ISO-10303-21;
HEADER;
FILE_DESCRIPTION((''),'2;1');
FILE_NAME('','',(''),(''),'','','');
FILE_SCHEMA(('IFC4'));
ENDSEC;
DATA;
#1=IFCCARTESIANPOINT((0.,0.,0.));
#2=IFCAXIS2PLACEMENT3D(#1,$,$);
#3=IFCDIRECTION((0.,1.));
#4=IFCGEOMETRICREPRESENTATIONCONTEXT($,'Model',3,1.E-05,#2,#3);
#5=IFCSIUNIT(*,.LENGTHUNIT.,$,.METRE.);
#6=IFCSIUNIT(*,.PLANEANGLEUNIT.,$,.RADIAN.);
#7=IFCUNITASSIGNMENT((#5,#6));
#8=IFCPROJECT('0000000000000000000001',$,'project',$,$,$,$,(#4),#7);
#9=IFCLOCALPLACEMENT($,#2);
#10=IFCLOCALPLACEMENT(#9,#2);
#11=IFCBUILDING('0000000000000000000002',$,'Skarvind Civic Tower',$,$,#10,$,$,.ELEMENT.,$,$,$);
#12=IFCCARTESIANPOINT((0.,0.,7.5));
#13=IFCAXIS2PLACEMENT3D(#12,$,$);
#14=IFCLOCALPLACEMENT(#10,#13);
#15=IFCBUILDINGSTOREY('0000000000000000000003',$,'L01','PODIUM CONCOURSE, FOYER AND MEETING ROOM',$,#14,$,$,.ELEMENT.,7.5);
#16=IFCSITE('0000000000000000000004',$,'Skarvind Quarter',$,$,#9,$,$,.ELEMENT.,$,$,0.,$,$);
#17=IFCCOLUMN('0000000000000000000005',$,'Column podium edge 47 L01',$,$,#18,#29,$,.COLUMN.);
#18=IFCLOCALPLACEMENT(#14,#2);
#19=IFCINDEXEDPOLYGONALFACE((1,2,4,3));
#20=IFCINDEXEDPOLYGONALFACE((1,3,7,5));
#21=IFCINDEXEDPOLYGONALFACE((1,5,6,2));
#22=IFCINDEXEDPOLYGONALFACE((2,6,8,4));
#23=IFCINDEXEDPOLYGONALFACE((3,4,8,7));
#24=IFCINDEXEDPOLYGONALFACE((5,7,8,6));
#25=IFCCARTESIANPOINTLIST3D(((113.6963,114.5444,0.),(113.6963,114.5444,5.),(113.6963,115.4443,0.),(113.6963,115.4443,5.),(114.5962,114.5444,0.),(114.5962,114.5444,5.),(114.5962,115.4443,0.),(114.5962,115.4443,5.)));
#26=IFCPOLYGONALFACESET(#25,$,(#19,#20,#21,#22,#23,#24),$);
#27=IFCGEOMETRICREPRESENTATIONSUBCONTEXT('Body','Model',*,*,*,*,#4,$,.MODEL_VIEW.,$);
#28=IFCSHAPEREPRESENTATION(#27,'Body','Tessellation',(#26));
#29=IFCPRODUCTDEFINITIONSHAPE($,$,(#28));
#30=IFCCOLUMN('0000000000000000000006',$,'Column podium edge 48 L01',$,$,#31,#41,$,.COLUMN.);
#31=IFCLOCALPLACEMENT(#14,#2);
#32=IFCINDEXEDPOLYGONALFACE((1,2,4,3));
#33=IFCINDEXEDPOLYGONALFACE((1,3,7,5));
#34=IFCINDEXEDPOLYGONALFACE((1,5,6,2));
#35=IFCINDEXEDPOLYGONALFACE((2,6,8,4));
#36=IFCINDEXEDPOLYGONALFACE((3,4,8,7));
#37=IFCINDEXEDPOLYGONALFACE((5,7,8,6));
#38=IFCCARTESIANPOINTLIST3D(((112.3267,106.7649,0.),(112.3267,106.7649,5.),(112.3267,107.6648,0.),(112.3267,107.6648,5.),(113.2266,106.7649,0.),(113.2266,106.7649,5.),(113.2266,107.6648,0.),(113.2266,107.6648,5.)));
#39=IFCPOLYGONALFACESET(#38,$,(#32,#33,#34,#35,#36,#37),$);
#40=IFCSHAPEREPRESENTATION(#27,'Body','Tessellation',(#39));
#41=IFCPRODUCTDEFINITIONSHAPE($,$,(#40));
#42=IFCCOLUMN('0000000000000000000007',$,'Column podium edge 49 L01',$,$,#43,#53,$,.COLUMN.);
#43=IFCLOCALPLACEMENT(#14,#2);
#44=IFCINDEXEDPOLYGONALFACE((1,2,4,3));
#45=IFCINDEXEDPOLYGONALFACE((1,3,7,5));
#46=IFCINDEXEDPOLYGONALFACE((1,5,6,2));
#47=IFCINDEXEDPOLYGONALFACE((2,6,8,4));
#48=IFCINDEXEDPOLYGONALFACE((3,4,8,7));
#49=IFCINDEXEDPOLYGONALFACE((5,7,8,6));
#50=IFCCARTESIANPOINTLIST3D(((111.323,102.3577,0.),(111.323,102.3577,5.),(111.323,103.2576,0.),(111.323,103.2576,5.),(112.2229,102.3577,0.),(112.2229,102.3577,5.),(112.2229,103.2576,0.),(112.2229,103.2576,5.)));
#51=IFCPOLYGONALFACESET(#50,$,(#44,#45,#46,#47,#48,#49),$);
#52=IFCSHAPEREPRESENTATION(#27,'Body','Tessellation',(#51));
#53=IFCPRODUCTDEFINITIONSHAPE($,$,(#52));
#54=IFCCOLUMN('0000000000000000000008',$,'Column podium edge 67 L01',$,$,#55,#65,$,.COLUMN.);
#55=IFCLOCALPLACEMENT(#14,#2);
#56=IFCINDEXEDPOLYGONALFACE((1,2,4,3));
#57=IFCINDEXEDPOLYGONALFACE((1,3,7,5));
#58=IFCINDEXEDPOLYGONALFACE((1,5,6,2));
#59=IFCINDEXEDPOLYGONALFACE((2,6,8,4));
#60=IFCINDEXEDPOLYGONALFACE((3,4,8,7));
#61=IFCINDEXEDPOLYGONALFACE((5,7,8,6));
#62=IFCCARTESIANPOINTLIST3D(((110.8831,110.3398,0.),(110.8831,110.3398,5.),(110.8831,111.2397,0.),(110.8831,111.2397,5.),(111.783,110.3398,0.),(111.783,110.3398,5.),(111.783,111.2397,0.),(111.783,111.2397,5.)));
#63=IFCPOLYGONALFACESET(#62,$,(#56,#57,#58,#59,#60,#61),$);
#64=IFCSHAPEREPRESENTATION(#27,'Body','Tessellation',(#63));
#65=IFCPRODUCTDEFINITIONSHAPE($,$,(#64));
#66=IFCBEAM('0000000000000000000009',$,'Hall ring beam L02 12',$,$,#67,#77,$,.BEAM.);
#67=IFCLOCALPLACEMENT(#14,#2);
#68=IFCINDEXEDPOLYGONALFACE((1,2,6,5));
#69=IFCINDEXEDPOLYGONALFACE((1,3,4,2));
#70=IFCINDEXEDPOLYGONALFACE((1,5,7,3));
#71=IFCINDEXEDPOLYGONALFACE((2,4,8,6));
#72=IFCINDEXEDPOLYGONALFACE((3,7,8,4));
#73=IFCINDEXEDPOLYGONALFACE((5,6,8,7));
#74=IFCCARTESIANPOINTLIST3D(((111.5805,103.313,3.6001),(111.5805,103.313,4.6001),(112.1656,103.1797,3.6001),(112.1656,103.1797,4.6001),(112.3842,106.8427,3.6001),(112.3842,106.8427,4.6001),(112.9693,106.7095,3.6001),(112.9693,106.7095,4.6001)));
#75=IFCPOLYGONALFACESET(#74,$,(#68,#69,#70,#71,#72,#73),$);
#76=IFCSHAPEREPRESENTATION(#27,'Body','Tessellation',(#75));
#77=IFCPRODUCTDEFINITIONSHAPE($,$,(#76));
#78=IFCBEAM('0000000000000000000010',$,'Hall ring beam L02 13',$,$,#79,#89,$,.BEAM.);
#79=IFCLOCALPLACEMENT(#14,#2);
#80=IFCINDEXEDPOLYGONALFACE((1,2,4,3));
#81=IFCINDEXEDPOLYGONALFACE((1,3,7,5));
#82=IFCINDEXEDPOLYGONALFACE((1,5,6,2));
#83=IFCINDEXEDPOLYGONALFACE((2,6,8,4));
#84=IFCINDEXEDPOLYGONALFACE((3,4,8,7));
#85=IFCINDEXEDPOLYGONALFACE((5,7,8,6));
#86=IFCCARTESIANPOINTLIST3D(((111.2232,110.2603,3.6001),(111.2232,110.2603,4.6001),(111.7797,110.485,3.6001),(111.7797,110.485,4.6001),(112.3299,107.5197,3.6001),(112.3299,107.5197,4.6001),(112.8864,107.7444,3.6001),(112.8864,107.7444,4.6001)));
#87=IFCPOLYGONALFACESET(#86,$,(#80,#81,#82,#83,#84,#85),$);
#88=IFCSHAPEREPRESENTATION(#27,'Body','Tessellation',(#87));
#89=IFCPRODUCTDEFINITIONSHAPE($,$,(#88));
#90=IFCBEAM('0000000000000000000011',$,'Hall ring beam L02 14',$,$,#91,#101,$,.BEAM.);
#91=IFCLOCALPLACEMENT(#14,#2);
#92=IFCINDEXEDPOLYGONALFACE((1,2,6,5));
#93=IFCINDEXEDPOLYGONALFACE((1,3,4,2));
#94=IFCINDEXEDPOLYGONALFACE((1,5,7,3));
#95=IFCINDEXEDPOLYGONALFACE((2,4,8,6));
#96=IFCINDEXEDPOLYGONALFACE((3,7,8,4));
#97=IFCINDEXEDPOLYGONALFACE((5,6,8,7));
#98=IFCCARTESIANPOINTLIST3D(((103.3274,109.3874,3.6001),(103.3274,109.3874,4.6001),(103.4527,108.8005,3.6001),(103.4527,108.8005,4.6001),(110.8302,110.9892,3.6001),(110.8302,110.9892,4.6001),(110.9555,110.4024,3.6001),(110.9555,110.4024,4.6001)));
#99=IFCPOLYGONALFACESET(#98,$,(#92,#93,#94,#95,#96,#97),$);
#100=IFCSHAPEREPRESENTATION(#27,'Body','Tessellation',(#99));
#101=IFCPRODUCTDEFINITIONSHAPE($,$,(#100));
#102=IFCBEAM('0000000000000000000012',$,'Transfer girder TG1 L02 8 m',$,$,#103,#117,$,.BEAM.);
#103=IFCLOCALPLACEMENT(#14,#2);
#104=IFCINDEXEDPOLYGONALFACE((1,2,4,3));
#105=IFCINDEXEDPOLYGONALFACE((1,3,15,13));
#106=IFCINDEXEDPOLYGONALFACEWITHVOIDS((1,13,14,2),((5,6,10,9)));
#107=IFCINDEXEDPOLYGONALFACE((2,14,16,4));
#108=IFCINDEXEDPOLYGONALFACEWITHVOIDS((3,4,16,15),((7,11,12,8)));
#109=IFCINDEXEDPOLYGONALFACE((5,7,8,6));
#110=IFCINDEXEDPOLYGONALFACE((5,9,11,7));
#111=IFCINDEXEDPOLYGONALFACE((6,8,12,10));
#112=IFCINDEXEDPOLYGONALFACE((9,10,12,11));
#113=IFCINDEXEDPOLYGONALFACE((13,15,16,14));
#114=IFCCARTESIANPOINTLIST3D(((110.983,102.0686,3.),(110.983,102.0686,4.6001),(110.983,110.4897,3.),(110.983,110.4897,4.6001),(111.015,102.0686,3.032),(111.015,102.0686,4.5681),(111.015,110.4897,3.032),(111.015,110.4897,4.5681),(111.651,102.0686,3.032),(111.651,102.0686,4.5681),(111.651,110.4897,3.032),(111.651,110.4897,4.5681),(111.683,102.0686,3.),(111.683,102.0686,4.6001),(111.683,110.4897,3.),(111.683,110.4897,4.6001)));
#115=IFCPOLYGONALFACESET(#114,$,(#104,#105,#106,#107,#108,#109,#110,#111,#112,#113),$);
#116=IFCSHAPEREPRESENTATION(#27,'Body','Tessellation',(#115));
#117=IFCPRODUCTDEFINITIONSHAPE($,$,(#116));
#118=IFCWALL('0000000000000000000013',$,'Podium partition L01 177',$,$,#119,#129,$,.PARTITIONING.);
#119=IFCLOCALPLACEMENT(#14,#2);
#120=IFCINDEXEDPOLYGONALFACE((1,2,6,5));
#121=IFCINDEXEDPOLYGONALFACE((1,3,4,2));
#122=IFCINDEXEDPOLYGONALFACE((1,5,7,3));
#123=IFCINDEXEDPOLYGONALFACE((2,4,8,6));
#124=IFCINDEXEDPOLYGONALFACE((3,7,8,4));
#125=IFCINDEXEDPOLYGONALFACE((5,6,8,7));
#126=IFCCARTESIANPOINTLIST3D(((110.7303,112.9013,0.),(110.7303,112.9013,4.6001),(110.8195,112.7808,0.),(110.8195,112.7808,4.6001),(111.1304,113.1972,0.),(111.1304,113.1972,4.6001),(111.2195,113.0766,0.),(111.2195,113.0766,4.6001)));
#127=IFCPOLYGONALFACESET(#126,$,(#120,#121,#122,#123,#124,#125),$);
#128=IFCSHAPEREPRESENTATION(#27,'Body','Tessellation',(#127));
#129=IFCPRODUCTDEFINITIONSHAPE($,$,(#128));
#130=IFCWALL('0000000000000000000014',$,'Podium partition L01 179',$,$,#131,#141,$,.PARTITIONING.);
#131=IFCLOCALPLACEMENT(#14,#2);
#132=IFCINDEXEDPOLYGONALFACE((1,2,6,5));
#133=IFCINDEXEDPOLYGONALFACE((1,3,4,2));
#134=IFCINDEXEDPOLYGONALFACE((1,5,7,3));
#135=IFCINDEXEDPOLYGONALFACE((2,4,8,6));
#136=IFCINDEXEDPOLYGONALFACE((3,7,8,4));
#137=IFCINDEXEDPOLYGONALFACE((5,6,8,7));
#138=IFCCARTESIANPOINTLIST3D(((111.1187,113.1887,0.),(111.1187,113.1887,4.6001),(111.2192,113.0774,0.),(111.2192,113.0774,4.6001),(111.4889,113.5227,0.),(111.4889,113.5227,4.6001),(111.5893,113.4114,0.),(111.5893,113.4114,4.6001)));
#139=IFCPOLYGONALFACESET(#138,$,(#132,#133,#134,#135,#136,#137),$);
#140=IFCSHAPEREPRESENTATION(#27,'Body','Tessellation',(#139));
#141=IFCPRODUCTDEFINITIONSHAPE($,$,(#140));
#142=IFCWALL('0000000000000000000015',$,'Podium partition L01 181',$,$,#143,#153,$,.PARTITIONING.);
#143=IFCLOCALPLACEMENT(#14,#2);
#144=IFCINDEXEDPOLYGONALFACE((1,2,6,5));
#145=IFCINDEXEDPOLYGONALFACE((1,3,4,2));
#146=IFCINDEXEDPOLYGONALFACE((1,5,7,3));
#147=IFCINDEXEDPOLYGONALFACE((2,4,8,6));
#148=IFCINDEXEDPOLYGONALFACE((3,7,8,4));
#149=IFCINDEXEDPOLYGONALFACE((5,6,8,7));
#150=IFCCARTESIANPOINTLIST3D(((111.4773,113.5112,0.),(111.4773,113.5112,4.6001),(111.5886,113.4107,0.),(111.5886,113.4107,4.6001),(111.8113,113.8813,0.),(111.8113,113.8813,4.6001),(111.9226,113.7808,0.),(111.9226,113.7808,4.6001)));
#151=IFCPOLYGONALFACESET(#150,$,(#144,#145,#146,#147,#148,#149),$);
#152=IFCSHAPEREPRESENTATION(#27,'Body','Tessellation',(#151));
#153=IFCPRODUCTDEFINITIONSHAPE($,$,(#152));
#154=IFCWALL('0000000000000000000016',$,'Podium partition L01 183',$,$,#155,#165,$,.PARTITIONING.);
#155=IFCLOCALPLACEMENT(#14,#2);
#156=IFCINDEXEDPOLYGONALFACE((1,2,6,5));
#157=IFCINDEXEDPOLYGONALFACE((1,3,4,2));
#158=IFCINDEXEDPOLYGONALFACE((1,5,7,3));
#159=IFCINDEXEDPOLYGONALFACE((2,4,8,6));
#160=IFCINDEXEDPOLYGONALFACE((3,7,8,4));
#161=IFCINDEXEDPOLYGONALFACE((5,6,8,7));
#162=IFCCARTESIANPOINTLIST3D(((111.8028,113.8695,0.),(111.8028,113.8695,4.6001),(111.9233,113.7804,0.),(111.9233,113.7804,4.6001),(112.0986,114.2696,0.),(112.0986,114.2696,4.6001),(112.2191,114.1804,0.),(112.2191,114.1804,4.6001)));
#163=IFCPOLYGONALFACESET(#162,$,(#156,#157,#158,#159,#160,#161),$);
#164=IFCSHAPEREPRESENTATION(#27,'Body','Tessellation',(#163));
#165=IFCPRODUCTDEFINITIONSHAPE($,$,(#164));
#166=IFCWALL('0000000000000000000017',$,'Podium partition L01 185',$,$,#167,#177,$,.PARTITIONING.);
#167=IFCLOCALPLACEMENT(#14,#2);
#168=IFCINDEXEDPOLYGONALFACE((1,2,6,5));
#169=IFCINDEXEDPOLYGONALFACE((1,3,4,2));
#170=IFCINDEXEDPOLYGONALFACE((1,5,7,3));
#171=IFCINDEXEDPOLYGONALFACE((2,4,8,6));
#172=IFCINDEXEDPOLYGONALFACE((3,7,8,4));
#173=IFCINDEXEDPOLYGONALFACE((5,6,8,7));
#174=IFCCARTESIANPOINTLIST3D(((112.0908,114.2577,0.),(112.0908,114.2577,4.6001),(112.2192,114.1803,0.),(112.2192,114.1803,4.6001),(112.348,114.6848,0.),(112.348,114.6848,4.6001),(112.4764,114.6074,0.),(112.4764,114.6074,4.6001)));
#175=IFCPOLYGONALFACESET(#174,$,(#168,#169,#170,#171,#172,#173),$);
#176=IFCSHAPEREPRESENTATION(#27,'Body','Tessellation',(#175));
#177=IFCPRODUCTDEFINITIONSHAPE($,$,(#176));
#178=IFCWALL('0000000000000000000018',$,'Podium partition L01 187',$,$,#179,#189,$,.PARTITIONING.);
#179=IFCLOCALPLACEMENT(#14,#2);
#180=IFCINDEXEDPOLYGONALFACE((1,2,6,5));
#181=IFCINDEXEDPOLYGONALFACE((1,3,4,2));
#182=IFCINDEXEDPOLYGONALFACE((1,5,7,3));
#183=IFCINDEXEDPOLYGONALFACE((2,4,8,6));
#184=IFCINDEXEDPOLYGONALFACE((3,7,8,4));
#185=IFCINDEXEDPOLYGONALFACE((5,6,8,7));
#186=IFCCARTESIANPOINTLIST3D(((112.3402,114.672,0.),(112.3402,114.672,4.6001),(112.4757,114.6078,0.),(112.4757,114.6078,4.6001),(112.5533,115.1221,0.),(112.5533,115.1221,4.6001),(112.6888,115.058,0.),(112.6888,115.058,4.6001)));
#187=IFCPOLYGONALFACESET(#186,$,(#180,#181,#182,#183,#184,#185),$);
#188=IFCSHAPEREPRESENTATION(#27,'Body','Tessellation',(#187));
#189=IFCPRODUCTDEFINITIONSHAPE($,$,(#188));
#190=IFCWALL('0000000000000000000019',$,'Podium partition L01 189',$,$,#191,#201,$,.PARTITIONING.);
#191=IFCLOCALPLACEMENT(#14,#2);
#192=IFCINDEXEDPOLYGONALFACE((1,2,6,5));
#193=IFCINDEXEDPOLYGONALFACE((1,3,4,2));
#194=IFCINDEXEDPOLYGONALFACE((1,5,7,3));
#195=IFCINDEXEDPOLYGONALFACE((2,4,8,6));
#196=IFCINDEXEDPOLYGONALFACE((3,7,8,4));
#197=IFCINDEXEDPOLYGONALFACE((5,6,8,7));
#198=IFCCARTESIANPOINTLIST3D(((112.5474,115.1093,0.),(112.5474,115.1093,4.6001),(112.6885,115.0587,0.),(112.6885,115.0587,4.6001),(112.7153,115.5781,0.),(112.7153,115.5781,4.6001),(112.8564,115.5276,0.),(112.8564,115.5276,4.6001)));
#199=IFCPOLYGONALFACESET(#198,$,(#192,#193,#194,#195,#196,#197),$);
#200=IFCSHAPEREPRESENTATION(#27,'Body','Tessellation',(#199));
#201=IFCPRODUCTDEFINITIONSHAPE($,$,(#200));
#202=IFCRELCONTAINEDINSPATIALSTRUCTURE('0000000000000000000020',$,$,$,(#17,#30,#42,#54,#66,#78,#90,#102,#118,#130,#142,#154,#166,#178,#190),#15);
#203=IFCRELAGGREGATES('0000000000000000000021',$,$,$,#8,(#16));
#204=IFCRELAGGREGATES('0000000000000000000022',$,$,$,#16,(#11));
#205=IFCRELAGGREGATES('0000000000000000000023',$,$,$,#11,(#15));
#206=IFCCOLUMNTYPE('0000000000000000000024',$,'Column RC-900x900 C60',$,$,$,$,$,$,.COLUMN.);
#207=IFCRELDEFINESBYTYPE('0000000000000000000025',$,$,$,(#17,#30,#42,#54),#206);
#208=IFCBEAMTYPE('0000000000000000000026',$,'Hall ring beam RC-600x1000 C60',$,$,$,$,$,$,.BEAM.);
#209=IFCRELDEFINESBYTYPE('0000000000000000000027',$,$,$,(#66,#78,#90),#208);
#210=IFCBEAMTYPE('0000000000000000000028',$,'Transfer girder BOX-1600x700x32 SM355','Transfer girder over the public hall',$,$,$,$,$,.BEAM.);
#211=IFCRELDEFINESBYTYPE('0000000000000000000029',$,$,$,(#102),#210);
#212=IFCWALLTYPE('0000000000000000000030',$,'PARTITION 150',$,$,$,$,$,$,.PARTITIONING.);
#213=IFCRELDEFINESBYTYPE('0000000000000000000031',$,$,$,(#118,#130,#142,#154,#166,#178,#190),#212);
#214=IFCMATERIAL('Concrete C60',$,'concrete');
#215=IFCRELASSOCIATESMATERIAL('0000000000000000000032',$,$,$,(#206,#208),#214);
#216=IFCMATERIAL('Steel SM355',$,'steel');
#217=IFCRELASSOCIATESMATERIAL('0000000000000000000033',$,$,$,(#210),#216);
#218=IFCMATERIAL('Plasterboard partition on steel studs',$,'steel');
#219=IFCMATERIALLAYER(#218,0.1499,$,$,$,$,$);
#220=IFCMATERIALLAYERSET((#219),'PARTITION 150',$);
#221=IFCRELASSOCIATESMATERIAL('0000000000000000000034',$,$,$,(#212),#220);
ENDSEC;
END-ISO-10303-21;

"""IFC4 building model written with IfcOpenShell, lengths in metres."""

from ifc_helpers import new_model, si_unit, direction, frame, frame_2d, origin, origin_2d, place, context, subcontext, project, spatial, rectangle, hollow_rectangle, extrude, material, layer, layer_set, material_profile, profile_set, type_object, element, save


model = new_model("IFC4")

# Units and contexts
model_context = context("Model", 3, precision=1e-05, world=origin(), true_north=direction((0.0, 1.0)))
body_context = subcontext(model_context, "Body", "Model", "MODEL_VIEW")
ifc_project = project(units=[si_unit("LENGTHUNIT", "METRE"), si_unit("PLANEANGLEUNIT", "RADIAN")], contexts=[model_context])

# Site, building, storey
site_placement = place(None, origin())
site = spatial("IfcSite", under=ifc_project, at=site_placement, Name="Skarvind Quarter", CompositionType="ELEMENT", RefElevation=0.0)
building_placement = place(site_placement, origin())
building = spatial("IfcBuilding", under=site, at=building_placement, Name="Skarvind Civic Tower", CompositionType="ELEMENT")
storey_placement = place(building_placement, frame((0.0, 0.0, 7.5)))
storey = spatial("IfcBuildingStorey", under=building, at=storey_placement, Name="L01", Description="PODIUM CONCOURSE, FOYER AND MEETING ROOM", CompositionType="ELEMENT", Elevation=7.5)

# Columns
ifc_material_1 = material(Name="Concrete C60", Category="concrete")
ifc_material_profile_1 = material_profile(ifc_material_1, rectangle(XDim=0.8999, YDim=0.8999, at=origin_2d()), Name="RC-900x900")
ifc_profile_set_1 = profile_set([ifc_material_profile_1], Name="Concrete C60")
column_type = type_object("IfcColumnType", Name="Column RC-900x900 C60", PredefinedType="COLUMN", material=ifc_profile_set_1)
for number, where, z_axis, x_axis, name in (
    (1, (114.1462, 114.9944, 0.0), (0.0, 0.0, 1.0), (1.0, 0.0, 0.0), "Column podium edge 47 L01"),
    (2, (112.7766, 107.2148, 0.0), (0.0, 0.0, 1.0), (1.0, 0.0, 0.0), "Column podium edge 48 L01"),
    (3, (111.7729, 102.8076, 0.0), (0.0, 0.0, 1.0), (1.0, 0.0, 0.0), "Column podium edge 49 L01"),
    (4, (111.333, 110.7898, 0.0), (0.0, 0.0, 1.0), (1.0, 0.0, 0.0), "Column podium edge 67 L01"),
):
    element("IfcColumn", number, at=place(storey_placement, frame(where, z_axis=z_axis, x_axis=x_axis)), inside=storey, type_object=column_type, Name=name, PredefinedType="COLUMN", context=body_context, shape_type="SweptSolid", body=[
        extrude(rectangle(XDim=0.8999, YDim=0.8999, at=origin_2d()), origin(), (0.0, 0.0, 1.0), 5.0),
    ])

# Beams
ifc_material_profile_2 = material_profile(ifc_material_1, rectangle(XDim=0.6001, YDim=1.0, at=origin_2d()), Name="RC-600x1000")
ifc_profile_set_2 = profile_set([ifc_material_profile_2], Name="Concrete C60")
beam_type_1 = type_object("IfcBeamType", Name="Hall ring beam RC-600x1000 C60", PredefinedType="BEAM", material=ifc_profile_set_2)
beam_1_placement = place(storey_placement, frame((111.873, 103.2463, 4.1001), z_axis=(0.222012, 0.975044, 0.0), x_axis=(-0.975044, 0.222012, 0.0)))
element("IfcBeam", 5, at=beam_1_placement, inside=storey, type_object=beam_type_1, Name="Hall ring beam L02 12", PredefinedType="BEAM", context=body_context, shape_type="SweptSolid", body=[
    extrude(rectangle(XDim=0.6001, YDim=1.0, at=origin_2d()), origin(), (0.0, 0.0, 1.0), 3.6201),
])
beam_2_placement = place(storey_placement, frame((112.6082, 107.6321, 4.1001), z_axis=(-0.374451, 0.927247, 0.0), x_axis=(-0.927247, -0.374451, 0.0)))
element("IfcBeam", 6, at=beam_2_placement, inside=storey, type_object=beam_type_1, Name="Hall ring beam L02 13", PredefinedType="BEAM", context=body_context, shape_type="SweptSolid", body=[
    extrude(rectangle(XDim=0.6001, YDim=1.0, at=origin_2d()), origin(), (0.0, 0.0, 1.0), 2.9556),
])
beam_3_placement = place(storey_placement, frame((110.8928, 110.6958, 4.1001), z_axis=(-0.97796, -0.208792, 0.0), x_axis=(0.208792, -0.97796, 0.0)))
element("IfcBeam", 7, at=beam_3_placement, inside=storey, type_object=beam_type_1, Name="Hall ring beam L02 14", PredefinedType="BEAM", context=body_context, shape_type="SweptSolid", body=[
    extrude(rectangle(XDim=0.6001, YDim=1.0, at=origin_2d()), origin(), (0.0, 0.0, 1.0), 7.6719),
])
ifc_material_2 = material(Name="Steel SM355", Category="steel")
ifc_material_profile_3 = material_profile(ifc_material_2, hollow_rectangle(XDim=0.7, YDim=1.6001, WallThickness=0.032, at=origin_2d()), Name="BOX-1600x700x32")
ifc_profile_set_3 = profile_set([ifc_material_profile_3], Name="Steel SM355")
beam_type_2 = type_object("IfcBeamType", Name="Transfer girder BOX-1600x700x32 SM355", Description="Transfer girder over the public hall", PredefinedType="BEAM", material=ifc_profile_set_3)
beam_4_placement = place(storey_placement, frame((111.333, 102.0686, 3.8), z_axis=(0.0, 1.0, 0.0), x_axis=(-1.0, 0.0, 0.0)))
element("IfcBeam", 8, at=beam_4_placement, inside=storey, type_object=beam_type_2, Name="Transfer girder TG1 L02 8 m", PredefinedType="BEAM", context=body_context, shape_type="SweptSolid", body=[
    extrude(hollow_rectangle(XDim=0.7, YDim=1.6001, WallThickness=0.032, at=origin_2d()), origin(), (0.0, 0.0, 1.0), 8.4211),
])

# Walls
ifc_material_3 = material(Name="Plasterboard partition on steel studs", Category="steel")
ifc_layer_1 = layer(ifc_material_3, 0.1499)
ifc_layer_set_1 = layer_set([ifc_layer_1], Name="PARTITION 150")
wall_type_1 = type_object("IfcWallType", Name="PARTITION 150", PredefinedType="PARTITIONING", material=ifc_layer_set_1)
wall_1_placement = place(storey_placement, frame((110.7749, 112.8411, 0.0), z_axis=(0.0, 0.0, 1.0), x_axis=(0.804044, 0.59457, 0.0)))
element("IfcWall", 9, at=wall_1_placement, inside=storey, type_object=wall_type_1, Name="Podium partition L01 177", PredefinedType="PARTITIONING", context=body_context, shape_type="SweptSolid", body=[
    extrude(rectangle(XDim=0.4976, YDim=0.1499, at=frame_2d((0.2488, 0.0))), origin(), (0.0, 0.0, 1.0), 4.6001),
])
for number, where, z_axis, x_axis, name in (
    (10, (111.1689, 113.1331, 0.0), (0.0, 0.0, 1.0), (0.742417, 0.669938, 0.0), "Podium partition L01 179"),
    (11, (111.533, 113.4609, 0.0), (0.0, 0.0, 1.0), (0.669938, 0.742417, 0.0), "Podium partition L01 181"),
):
    element("IfcWall", number, at=place(storey_placement, frame(where, z_axis=z_axis, x_axis=x_axis)), inside=storey, type_object=wall_type_1, Name=name, PredefinedType="PARTITIONING", context=body_context, shape_type="SweptSolid", body=[
        extrude(rectangle(XDim=0.4985, YDim=0.1499, at=frame_2d((0.2493, 0.0))), origin(), (0.0, 0.0, 1.0), 4.6001),
    ])
wall_2_placement = place(storey_placement, frame((111.863, 113.825, 0.0), z_axis=(0.0, 0.0, 1.0), x_axis=(0.59457, 0.804044, 0.0)))
element("IfcWall", 12, at=wall_2_placement, inside=storey, type_object=wall_type_1, Name="Podium partition L01 183", PredefinedType="PARTITIONING", context=body_context, shape_type="SweptSolid", body=[
    extrude(rectangle(XDim=0.4976, YDim=0.1499, at=frame_2d((0.2488, 0.0))), origin(), (0.0, 0.0, 1.0), 4.6001),
])
wall_3_placement = place(storey_placement, frame((112.155, 114.219, 0.0), z_axis=(0.0, 0.0, 1.0), x_axis=(0.515792, 0.856714, 0.0)))
element("IfcWall", 13, at=wall_3_placement, inside=storey, type_object=wall_type_1, Name="Podium partition L01 185", PredefinedType="PARTITIONING", context=body_context, shape_type="SweptSolid", body=[
    extrude(rectangle(XDim=0.4985, YDim=0.1499, at=frame_2d((0.2493, 0.0))), origin(), (0.0, 0.0, 1.0), 4.6001),
])
for number, where, z_axis, x_axis, name in (
    (14, (112.408, 114.6399, 0.0), (0.0, 0.0, 1.0), (0.427897, 0.903828, 0.0), "Podium partition L01 187"),
    (15, (112.6179, 115.084, 0.0), (0.0, 0.0, 1.0), (0.337174, 0.941442, 0.0), "Podium partition L01 189"),
):
    element("IfcWall", number, at=place(storey_placement, frame(where, z_axis=z_axis, x_axis=x_axis)), inside=storey, type_object=wall_type_1, Name=name, PredefinedType="PARTITIONING", context=body_context, shape_type="SweptSolid", body=[
        extrude(rectangle(XDim=0.498, YDim=0.1499, at=frame_2d((0.249, 0.0))), origin(), (0.0, 0.0, 1.0), 4.6001),
    ])

save(model, "model.ifc")
